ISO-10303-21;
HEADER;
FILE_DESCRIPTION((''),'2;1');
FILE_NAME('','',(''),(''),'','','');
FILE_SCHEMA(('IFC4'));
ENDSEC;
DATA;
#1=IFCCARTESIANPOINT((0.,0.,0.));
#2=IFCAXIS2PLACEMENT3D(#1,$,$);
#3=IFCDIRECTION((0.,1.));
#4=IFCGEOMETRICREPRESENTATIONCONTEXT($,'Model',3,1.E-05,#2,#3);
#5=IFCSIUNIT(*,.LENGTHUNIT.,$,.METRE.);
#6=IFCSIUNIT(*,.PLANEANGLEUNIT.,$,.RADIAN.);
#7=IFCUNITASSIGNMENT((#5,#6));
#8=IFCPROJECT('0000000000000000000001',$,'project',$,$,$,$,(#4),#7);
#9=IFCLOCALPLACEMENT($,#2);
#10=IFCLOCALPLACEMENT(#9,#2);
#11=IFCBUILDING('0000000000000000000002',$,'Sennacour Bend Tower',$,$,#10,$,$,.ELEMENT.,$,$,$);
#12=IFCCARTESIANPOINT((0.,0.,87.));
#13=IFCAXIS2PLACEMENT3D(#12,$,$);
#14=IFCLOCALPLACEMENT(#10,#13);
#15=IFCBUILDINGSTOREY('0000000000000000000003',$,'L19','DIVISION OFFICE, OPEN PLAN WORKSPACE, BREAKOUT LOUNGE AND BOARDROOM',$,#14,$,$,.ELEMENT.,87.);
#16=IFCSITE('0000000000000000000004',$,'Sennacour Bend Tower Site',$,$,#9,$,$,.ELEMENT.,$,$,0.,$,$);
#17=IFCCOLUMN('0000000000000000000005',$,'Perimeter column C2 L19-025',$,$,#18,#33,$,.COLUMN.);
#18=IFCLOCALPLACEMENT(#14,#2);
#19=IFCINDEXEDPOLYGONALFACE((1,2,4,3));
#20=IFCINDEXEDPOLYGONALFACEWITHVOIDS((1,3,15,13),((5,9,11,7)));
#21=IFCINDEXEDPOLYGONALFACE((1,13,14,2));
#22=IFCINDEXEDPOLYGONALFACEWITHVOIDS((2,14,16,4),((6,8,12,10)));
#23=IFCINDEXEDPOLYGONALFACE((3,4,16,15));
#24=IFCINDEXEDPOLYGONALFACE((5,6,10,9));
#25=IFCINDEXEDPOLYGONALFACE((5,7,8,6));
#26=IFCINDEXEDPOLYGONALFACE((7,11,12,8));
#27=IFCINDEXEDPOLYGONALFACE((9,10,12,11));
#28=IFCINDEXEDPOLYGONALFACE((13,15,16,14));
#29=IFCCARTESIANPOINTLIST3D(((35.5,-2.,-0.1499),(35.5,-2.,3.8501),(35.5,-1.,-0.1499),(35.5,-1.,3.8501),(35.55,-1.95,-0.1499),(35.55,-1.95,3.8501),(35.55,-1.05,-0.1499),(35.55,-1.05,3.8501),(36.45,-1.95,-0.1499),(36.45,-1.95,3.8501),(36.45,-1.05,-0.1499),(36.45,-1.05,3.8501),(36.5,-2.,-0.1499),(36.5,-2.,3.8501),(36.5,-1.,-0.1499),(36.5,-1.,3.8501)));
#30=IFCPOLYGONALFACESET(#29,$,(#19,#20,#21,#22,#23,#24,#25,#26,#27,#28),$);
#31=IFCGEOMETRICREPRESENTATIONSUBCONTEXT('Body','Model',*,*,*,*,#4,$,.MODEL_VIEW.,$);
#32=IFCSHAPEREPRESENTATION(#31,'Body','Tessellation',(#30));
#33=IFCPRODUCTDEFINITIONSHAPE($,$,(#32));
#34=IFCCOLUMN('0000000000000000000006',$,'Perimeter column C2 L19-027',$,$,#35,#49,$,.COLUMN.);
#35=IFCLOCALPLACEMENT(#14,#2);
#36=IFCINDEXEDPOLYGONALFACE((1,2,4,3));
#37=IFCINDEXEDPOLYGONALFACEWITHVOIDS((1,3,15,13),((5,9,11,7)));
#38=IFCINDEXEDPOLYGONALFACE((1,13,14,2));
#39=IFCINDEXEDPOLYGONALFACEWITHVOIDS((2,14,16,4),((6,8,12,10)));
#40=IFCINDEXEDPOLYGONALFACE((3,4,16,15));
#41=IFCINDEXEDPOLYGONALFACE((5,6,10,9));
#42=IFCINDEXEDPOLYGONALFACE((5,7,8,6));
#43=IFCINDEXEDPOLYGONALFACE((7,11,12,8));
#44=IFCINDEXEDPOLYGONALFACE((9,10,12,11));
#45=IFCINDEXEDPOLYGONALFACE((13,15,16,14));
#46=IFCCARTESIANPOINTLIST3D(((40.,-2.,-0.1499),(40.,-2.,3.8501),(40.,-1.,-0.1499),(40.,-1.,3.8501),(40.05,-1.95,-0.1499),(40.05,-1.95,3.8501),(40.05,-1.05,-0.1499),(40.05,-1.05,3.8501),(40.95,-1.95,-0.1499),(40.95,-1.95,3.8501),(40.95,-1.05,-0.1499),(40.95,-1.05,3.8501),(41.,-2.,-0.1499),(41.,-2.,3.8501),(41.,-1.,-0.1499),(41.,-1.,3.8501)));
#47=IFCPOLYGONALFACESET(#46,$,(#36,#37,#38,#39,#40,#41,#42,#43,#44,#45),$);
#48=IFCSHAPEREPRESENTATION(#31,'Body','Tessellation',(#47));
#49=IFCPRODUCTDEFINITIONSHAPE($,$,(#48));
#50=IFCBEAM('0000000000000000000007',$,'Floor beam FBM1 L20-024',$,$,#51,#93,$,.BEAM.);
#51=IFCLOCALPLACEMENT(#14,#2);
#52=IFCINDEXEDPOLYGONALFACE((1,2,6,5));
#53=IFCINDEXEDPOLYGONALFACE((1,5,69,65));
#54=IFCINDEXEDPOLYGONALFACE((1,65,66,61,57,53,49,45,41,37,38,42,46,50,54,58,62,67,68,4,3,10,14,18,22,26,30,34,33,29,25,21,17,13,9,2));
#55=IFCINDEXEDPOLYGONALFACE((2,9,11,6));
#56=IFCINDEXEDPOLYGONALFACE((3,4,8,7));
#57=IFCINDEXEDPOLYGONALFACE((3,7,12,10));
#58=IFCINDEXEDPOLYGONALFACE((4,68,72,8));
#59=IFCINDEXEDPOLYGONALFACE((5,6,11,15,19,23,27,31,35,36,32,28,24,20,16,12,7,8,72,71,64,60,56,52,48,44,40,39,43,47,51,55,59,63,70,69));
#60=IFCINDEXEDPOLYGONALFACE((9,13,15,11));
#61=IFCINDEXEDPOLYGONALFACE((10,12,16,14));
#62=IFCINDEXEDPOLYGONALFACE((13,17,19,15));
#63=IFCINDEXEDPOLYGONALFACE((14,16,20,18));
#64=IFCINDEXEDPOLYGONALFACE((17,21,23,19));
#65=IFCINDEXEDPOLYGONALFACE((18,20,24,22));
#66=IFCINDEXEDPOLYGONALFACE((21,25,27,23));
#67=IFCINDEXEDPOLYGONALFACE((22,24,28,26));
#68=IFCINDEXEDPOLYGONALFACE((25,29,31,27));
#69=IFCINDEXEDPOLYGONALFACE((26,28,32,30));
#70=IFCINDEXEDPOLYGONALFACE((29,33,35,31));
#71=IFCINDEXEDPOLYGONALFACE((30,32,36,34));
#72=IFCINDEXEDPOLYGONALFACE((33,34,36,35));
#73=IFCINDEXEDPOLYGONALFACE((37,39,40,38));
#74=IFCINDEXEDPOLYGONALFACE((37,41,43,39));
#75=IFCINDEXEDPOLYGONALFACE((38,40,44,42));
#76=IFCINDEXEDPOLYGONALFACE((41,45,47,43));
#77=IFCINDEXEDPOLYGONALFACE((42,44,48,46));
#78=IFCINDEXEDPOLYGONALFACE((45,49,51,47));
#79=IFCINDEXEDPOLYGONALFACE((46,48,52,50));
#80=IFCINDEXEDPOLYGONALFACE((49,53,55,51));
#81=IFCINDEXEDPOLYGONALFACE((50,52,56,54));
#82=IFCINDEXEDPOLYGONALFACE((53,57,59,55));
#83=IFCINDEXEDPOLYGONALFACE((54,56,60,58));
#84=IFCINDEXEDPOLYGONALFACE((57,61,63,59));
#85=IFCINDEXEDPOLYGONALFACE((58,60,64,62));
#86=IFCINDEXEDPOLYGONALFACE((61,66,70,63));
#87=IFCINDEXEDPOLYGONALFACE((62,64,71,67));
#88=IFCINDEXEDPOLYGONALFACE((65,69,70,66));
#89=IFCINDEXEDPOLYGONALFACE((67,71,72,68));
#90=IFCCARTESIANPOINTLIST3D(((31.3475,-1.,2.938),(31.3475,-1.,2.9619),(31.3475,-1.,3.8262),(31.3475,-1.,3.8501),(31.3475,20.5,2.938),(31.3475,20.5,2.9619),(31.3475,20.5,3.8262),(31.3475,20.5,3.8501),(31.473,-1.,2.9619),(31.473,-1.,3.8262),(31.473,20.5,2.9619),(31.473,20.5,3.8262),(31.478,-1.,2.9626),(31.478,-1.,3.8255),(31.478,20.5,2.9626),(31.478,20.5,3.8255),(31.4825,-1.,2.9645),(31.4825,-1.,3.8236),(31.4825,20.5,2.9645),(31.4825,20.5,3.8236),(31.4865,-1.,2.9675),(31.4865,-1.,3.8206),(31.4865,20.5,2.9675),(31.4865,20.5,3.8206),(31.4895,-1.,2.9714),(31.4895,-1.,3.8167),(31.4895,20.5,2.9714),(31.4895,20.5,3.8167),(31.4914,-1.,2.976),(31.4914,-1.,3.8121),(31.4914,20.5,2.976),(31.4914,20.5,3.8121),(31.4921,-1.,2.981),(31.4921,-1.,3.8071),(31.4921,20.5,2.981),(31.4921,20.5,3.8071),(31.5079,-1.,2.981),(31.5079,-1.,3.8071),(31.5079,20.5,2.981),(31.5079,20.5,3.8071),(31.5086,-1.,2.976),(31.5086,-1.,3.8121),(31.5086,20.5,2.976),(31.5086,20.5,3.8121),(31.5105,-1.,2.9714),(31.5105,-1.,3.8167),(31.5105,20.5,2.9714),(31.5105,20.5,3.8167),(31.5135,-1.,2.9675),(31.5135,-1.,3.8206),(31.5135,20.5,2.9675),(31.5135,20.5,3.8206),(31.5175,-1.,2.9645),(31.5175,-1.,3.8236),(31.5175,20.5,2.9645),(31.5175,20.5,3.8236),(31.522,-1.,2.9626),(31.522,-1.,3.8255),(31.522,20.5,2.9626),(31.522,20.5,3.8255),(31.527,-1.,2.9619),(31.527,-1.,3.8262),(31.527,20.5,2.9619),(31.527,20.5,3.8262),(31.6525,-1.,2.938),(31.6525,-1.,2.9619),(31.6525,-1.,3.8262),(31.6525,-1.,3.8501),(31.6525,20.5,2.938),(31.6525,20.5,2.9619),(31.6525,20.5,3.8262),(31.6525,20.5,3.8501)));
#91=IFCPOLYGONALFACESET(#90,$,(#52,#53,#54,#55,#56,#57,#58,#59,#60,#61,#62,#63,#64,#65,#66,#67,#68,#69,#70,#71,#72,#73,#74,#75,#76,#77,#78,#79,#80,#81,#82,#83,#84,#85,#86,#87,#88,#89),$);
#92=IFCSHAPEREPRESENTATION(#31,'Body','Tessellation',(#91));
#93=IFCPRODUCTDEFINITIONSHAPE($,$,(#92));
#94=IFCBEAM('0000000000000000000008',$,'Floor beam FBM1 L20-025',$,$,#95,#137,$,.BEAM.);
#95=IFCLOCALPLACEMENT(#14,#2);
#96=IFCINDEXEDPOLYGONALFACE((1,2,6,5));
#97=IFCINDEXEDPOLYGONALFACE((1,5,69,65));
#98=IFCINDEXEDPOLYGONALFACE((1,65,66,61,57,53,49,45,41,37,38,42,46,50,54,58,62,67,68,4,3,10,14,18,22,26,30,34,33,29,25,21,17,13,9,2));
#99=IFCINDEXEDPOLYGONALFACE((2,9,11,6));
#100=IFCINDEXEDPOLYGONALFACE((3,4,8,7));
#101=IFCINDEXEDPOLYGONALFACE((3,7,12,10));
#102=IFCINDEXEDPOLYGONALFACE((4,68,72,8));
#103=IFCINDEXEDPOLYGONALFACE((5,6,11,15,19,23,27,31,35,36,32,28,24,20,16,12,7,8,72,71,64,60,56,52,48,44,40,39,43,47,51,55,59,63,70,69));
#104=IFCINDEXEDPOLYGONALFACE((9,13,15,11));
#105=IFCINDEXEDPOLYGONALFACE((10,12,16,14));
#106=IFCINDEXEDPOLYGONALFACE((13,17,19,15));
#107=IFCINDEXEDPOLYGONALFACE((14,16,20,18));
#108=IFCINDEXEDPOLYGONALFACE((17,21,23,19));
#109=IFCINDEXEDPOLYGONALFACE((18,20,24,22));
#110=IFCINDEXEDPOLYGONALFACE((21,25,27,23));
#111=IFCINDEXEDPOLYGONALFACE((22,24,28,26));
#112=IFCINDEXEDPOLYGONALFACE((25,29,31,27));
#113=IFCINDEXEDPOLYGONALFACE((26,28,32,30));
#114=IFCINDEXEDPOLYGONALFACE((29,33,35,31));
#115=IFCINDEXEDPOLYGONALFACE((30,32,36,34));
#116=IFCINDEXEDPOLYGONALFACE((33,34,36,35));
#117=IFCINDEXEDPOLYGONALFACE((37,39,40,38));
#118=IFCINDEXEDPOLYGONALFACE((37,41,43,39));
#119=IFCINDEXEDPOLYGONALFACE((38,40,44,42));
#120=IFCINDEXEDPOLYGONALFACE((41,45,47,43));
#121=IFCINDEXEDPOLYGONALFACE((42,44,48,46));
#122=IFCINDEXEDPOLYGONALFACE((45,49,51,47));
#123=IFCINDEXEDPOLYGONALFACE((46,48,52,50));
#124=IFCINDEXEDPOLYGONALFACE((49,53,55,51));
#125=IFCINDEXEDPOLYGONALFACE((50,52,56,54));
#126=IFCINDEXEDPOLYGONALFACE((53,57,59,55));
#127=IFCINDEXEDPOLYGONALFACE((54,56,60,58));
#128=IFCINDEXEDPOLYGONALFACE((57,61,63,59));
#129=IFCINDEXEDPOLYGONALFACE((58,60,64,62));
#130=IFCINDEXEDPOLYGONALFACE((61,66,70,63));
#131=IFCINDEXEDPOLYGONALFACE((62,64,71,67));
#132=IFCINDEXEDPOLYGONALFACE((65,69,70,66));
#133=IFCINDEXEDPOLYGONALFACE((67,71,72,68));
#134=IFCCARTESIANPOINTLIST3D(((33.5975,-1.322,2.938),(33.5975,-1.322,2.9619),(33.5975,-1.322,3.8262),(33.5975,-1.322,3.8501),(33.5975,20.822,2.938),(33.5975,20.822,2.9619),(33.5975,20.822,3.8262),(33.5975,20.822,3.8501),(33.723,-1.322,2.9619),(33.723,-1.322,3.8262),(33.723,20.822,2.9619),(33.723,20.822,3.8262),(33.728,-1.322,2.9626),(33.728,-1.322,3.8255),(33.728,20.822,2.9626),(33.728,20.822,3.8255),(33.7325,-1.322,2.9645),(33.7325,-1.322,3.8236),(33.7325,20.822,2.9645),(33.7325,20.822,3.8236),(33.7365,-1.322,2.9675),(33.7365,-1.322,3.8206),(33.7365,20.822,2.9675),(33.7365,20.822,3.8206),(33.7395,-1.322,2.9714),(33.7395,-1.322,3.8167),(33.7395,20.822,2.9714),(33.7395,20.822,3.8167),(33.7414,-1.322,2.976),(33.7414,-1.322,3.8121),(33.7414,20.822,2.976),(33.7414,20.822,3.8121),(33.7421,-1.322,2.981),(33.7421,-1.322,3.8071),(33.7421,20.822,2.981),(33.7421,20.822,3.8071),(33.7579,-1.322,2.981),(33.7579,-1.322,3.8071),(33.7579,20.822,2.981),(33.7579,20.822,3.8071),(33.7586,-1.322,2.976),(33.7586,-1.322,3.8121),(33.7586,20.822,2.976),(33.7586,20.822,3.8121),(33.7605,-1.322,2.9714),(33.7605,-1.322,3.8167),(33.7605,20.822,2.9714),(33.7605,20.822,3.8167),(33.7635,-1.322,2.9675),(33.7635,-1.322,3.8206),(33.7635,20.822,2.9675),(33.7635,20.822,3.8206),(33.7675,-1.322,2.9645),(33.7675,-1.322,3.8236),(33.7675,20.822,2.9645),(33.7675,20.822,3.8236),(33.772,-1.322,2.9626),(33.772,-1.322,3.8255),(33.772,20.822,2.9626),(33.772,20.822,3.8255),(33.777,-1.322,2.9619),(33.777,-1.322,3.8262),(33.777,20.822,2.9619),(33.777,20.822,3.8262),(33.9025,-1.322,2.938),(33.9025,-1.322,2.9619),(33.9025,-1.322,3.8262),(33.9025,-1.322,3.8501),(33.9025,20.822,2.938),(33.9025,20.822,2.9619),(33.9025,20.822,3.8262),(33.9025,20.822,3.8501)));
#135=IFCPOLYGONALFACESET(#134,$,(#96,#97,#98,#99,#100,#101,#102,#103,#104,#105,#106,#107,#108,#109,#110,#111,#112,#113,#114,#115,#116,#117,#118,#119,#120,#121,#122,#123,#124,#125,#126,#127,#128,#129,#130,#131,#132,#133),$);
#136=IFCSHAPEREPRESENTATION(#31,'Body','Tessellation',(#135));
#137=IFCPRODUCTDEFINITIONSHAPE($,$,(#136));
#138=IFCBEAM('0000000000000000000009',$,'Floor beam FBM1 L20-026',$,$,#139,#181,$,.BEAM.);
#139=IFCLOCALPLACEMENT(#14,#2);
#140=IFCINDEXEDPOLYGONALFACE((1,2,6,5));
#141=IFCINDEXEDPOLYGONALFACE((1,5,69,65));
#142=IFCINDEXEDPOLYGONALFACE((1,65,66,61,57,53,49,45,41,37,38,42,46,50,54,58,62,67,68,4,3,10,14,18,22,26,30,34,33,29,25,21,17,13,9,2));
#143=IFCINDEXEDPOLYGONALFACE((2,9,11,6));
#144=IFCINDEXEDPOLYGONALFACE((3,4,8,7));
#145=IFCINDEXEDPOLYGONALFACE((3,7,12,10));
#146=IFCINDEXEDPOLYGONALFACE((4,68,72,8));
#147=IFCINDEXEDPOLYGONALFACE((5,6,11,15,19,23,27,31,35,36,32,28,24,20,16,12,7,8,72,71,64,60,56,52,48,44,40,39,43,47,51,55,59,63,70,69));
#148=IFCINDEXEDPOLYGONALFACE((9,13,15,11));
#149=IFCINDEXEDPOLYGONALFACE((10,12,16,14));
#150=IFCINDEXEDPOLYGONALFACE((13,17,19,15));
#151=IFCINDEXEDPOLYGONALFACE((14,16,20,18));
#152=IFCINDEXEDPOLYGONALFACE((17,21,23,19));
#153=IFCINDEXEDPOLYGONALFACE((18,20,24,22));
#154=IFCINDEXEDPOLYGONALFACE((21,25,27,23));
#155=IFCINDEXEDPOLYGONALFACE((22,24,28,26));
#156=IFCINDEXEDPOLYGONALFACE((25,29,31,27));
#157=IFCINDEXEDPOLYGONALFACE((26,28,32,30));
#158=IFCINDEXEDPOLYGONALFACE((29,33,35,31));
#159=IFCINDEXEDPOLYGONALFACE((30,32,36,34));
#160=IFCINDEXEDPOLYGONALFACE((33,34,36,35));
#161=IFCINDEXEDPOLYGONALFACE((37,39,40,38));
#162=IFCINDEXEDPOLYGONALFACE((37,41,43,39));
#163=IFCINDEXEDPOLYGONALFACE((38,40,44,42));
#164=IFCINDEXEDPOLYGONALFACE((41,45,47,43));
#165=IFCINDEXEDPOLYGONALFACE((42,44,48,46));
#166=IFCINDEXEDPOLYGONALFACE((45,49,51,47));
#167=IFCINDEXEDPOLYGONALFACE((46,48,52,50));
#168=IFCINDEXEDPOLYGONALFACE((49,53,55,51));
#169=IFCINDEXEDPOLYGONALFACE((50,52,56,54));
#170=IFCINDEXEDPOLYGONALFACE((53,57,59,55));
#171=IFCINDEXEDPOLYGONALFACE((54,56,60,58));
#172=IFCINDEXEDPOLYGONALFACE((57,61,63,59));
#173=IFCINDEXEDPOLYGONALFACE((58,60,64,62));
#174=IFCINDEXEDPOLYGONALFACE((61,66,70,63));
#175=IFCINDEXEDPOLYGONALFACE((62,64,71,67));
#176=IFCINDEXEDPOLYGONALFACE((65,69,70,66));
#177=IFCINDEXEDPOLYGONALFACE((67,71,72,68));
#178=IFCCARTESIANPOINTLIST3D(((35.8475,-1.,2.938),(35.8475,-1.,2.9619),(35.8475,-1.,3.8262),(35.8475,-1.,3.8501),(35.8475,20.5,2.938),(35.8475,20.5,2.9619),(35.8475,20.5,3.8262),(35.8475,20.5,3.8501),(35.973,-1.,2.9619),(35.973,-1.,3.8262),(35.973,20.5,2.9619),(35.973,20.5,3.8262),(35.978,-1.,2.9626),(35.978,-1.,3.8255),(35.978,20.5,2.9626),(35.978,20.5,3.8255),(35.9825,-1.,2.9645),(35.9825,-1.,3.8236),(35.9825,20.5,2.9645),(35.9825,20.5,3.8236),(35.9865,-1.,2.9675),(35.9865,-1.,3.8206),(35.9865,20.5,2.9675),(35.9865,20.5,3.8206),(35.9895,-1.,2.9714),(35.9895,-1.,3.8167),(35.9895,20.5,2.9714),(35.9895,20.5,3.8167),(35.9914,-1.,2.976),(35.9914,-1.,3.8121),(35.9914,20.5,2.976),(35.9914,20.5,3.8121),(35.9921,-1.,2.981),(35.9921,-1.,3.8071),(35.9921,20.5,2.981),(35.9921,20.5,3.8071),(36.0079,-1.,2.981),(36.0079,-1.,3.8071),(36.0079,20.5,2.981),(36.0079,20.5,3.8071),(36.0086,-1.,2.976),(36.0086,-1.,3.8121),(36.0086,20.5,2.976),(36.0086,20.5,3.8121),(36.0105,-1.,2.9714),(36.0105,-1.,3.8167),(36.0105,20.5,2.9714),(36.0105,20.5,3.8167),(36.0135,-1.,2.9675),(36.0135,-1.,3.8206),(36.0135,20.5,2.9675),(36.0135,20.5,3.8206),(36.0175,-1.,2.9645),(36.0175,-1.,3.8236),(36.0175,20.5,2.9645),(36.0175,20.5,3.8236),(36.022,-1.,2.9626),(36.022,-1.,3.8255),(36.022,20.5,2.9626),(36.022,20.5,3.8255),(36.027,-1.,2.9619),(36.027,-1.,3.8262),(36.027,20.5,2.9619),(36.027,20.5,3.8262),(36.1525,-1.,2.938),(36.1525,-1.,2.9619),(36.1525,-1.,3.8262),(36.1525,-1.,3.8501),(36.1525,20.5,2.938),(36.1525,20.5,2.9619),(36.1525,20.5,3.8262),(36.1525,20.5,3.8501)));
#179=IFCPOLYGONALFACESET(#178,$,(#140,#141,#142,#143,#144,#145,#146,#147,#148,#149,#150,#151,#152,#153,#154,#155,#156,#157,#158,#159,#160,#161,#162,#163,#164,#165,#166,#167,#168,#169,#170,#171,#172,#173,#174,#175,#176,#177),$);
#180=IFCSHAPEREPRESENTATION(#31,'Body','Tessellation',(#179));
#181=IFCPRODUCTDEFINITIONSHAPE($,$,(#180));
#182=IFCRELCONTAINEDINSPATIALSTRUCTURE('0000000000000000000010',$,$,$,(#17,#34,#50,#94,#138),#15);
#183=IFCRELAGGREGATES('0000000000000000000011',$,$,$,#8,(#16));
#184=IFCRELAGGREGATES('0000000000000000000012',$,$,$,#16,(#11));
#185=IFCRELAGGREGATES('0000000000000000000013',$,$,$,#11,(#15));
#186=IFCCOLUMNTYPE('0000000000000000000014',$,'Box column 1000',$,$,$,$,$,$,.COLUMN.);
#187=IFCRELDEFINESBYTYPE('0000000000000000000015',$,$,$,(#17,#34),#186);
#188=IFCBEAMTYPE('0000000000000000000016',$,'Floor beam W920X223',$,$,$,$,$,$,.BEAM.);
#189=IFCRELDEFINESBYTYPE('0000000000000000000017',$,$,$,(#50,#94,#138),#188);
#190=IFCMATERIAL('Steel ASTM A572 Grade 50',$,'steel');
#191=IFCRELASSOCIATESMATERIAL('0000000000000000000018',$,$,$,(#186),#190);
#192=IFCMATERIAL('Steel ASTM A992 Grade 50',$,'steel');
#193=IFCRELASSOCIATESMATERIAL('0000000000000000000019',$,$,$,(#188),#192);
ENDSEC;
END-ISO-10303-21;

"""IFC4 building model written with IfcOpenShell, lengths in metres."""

from ifc_helpers import new_model, si_unit, direction, frame, origin, origin_2d, place, context, subcontext, project, spatial, hollow_rectangle, i_section, extrude, material, material_profile, profile_set, type_object, element, save


model = new_model("IFC4")

# Units and contexts
model_context = context("Model", 3, precision=1e-05, world=origin(), true_north=direction((0.0, 1.0)))
body_context = subcontext(model_context, "Body", "Model", "MODEL_VIEW")
ifc_project = project(units=[si_unit("LENGTHUNIT", "METRE"), si_unit("PLANEANGLEUNIT", "RADIAN")], contexts=[model_context])

# Site, building, storey
site_placement = place(None, origin())
site = spatial("IfcSite", under=ifc_project, at=site_placement, Name="Sennacour Bend Tower Site", CompositionType="ELEMENT", RefElevation=0.0)
building_placement = place(site_placement, origin())
building = spatial("IfcBuilding", under=site, at=building_placement, Name="Sennacour Bend Tower", CompositionType="ELEMENT")
storey_placement = place(building_placement, frame((0.0, 0.0, 87.0)))
storey = spatial("IfcBuildingStorey", under=building, at=storey_placement, Name="L19", Description="DIVISION OFFICE, OPEN PLAN WORKSPACE, BREAKOUT LOUNGE AND BOARDROOM", CompositionType="ELEMENT", Elevation=87.0)

# Columns
ifc_material_1 = material(Name="Steel ASTM A572 Grade 50", Category="steel")
ifc_material_profile_1 = material_profile(ifc_material_1, hollow_rectangle(XDim=1.0, YDim=1.0, WallThickness=0.05, at=origin_2d()), Name="Steel ASTM A572 Grade 50", Category="steel")
ifc_profile_set_1 = profile_set([ifc_material_profile_1], Name="Steel ASTM A572 Grade 50")
column_type = type_object("IfcColumnType", Name="Box column 1000", PredefinedType="COLUMN", material=ifc_profile_set_1)
for number, where, z_axis, x_axis, name in (
    (1, (36.0, -1.5, -0.1499), (0.0, 0.0, 1.0), (1.0, 0.0, 0.0), "Perimeter column C2 L19-025"),
    (2, (40.5, -1.5, -0.1499), (0.0, 0.0, 1.0), (1.0, 0.0, 0.0), "Perimeter column C2 L19-027"),
):
    element("IfcColumn", number, at=place(storey_placement, frame(where, z_axis=z_axis, x_axis=x_axis)), inside=storey, type_object=column_type, Name=name, PredefinedType="COLUMN", context=body_context, shape_type="SweptSolid", body=[
        extrude(hollow_rectangle(XDim=1.0, YDim=1.0, WallThickness=0.05, at=origin_2d()), origin(), (0.0, 0.0, 1.0), 4.0),
    ])

# Beams
ifc_material_2 = material(Name="Steel ASTM A992 Grade 50", Category="steel")
ifc_material_profile_2 = material_profile(ifc_material_2, i_section(OverallWidth=0.3049, OverallDepth=0.9121, WebThickness=0.0159, FlangeThickness=0.0239, FilletRadius=0.019, at=origin_2d()), Name="Steel ASTM A992 Grade 50", Category="steel")
ifc_profile_set_2 = profile_set([ifc_material_profile_2], Name="Steel ASTM A992 Grade 50")
beam_type_1 = type_object("IfcBeamType", Name="Floor beam W920X223", PredefinedType="BEAM", material=ifc_profile_set_2)
beam_1_placement = place(storey_placement, frame((31.5, -1.0, 3.394), z_axis=(0.0, 1.0, 0.0), x_axis=(-1.0, 0.0, 0.0)))
element("IfcBeam", 3, at=beam_1_placement, inside=storey, type_object=beam_type_1, Name="Floor beam FBM1 L20-024", PredefinedType="BEAM", context=body_context, shape_type="SweptSolid", body=[
    extrude(i_section(OverallWidth=0.3049, OverallDepth=0.9121, WebThickness=0.0159, FlangeThickness=0.0239, FilletRadius=0.019, at=origin_2d()), origin(), (0.0, 0.0, 1.0), 21.5),
])
beam_2_placement = place(storey_placement, frame((33.75, -1.322, 3.394), z_axis=(0.0, 1.0, 0.0), x_axis=(-1.0, 0.0, 0.0)))
element("IfcBeam", 4, at=beam_2_placement, inside=storey, type_object=beam_type_1, Name="Floor beam FBM1 L20-025", PredefinedType="BEAM", context=body_context, shape_type="SweptSolid", body=[
    extrude(i_section(OverallWidth=0.3049, OverallDepth=0.9121, WebThickness=0.0159, FlangeThickness=0.0239, FilletRadius=0.019, at=origin_2d()), origin(), (0.0, 0.0, 1.0), 22.144),
])
beam_3_placement = place(storey_placement, frame((36.0, -1.0, 3.394), z_axis=(0.0, 1.0, 0.0), x_axis=(-1.0, 0.0, 0.0)))
element("IfcBeam", 5, at=beam_3_placement, inside=storey, type_object=beam_type_1, Name="Floor beam FBM1 L20-026", PredefinedType="BEAM", context=body_context, shape_type="SweptSolid", body=[
    extrude(i_section(OverallWidth=0.3049, OverallDepth=0.9121, WebThickness=0.0159, FlangeThickness=0.0239, FilletRadius=0.019, at=origin_2d()), origin(), (0.0, 0.0, 1.0), 21.5),
])

save(model, "model.ifc")
